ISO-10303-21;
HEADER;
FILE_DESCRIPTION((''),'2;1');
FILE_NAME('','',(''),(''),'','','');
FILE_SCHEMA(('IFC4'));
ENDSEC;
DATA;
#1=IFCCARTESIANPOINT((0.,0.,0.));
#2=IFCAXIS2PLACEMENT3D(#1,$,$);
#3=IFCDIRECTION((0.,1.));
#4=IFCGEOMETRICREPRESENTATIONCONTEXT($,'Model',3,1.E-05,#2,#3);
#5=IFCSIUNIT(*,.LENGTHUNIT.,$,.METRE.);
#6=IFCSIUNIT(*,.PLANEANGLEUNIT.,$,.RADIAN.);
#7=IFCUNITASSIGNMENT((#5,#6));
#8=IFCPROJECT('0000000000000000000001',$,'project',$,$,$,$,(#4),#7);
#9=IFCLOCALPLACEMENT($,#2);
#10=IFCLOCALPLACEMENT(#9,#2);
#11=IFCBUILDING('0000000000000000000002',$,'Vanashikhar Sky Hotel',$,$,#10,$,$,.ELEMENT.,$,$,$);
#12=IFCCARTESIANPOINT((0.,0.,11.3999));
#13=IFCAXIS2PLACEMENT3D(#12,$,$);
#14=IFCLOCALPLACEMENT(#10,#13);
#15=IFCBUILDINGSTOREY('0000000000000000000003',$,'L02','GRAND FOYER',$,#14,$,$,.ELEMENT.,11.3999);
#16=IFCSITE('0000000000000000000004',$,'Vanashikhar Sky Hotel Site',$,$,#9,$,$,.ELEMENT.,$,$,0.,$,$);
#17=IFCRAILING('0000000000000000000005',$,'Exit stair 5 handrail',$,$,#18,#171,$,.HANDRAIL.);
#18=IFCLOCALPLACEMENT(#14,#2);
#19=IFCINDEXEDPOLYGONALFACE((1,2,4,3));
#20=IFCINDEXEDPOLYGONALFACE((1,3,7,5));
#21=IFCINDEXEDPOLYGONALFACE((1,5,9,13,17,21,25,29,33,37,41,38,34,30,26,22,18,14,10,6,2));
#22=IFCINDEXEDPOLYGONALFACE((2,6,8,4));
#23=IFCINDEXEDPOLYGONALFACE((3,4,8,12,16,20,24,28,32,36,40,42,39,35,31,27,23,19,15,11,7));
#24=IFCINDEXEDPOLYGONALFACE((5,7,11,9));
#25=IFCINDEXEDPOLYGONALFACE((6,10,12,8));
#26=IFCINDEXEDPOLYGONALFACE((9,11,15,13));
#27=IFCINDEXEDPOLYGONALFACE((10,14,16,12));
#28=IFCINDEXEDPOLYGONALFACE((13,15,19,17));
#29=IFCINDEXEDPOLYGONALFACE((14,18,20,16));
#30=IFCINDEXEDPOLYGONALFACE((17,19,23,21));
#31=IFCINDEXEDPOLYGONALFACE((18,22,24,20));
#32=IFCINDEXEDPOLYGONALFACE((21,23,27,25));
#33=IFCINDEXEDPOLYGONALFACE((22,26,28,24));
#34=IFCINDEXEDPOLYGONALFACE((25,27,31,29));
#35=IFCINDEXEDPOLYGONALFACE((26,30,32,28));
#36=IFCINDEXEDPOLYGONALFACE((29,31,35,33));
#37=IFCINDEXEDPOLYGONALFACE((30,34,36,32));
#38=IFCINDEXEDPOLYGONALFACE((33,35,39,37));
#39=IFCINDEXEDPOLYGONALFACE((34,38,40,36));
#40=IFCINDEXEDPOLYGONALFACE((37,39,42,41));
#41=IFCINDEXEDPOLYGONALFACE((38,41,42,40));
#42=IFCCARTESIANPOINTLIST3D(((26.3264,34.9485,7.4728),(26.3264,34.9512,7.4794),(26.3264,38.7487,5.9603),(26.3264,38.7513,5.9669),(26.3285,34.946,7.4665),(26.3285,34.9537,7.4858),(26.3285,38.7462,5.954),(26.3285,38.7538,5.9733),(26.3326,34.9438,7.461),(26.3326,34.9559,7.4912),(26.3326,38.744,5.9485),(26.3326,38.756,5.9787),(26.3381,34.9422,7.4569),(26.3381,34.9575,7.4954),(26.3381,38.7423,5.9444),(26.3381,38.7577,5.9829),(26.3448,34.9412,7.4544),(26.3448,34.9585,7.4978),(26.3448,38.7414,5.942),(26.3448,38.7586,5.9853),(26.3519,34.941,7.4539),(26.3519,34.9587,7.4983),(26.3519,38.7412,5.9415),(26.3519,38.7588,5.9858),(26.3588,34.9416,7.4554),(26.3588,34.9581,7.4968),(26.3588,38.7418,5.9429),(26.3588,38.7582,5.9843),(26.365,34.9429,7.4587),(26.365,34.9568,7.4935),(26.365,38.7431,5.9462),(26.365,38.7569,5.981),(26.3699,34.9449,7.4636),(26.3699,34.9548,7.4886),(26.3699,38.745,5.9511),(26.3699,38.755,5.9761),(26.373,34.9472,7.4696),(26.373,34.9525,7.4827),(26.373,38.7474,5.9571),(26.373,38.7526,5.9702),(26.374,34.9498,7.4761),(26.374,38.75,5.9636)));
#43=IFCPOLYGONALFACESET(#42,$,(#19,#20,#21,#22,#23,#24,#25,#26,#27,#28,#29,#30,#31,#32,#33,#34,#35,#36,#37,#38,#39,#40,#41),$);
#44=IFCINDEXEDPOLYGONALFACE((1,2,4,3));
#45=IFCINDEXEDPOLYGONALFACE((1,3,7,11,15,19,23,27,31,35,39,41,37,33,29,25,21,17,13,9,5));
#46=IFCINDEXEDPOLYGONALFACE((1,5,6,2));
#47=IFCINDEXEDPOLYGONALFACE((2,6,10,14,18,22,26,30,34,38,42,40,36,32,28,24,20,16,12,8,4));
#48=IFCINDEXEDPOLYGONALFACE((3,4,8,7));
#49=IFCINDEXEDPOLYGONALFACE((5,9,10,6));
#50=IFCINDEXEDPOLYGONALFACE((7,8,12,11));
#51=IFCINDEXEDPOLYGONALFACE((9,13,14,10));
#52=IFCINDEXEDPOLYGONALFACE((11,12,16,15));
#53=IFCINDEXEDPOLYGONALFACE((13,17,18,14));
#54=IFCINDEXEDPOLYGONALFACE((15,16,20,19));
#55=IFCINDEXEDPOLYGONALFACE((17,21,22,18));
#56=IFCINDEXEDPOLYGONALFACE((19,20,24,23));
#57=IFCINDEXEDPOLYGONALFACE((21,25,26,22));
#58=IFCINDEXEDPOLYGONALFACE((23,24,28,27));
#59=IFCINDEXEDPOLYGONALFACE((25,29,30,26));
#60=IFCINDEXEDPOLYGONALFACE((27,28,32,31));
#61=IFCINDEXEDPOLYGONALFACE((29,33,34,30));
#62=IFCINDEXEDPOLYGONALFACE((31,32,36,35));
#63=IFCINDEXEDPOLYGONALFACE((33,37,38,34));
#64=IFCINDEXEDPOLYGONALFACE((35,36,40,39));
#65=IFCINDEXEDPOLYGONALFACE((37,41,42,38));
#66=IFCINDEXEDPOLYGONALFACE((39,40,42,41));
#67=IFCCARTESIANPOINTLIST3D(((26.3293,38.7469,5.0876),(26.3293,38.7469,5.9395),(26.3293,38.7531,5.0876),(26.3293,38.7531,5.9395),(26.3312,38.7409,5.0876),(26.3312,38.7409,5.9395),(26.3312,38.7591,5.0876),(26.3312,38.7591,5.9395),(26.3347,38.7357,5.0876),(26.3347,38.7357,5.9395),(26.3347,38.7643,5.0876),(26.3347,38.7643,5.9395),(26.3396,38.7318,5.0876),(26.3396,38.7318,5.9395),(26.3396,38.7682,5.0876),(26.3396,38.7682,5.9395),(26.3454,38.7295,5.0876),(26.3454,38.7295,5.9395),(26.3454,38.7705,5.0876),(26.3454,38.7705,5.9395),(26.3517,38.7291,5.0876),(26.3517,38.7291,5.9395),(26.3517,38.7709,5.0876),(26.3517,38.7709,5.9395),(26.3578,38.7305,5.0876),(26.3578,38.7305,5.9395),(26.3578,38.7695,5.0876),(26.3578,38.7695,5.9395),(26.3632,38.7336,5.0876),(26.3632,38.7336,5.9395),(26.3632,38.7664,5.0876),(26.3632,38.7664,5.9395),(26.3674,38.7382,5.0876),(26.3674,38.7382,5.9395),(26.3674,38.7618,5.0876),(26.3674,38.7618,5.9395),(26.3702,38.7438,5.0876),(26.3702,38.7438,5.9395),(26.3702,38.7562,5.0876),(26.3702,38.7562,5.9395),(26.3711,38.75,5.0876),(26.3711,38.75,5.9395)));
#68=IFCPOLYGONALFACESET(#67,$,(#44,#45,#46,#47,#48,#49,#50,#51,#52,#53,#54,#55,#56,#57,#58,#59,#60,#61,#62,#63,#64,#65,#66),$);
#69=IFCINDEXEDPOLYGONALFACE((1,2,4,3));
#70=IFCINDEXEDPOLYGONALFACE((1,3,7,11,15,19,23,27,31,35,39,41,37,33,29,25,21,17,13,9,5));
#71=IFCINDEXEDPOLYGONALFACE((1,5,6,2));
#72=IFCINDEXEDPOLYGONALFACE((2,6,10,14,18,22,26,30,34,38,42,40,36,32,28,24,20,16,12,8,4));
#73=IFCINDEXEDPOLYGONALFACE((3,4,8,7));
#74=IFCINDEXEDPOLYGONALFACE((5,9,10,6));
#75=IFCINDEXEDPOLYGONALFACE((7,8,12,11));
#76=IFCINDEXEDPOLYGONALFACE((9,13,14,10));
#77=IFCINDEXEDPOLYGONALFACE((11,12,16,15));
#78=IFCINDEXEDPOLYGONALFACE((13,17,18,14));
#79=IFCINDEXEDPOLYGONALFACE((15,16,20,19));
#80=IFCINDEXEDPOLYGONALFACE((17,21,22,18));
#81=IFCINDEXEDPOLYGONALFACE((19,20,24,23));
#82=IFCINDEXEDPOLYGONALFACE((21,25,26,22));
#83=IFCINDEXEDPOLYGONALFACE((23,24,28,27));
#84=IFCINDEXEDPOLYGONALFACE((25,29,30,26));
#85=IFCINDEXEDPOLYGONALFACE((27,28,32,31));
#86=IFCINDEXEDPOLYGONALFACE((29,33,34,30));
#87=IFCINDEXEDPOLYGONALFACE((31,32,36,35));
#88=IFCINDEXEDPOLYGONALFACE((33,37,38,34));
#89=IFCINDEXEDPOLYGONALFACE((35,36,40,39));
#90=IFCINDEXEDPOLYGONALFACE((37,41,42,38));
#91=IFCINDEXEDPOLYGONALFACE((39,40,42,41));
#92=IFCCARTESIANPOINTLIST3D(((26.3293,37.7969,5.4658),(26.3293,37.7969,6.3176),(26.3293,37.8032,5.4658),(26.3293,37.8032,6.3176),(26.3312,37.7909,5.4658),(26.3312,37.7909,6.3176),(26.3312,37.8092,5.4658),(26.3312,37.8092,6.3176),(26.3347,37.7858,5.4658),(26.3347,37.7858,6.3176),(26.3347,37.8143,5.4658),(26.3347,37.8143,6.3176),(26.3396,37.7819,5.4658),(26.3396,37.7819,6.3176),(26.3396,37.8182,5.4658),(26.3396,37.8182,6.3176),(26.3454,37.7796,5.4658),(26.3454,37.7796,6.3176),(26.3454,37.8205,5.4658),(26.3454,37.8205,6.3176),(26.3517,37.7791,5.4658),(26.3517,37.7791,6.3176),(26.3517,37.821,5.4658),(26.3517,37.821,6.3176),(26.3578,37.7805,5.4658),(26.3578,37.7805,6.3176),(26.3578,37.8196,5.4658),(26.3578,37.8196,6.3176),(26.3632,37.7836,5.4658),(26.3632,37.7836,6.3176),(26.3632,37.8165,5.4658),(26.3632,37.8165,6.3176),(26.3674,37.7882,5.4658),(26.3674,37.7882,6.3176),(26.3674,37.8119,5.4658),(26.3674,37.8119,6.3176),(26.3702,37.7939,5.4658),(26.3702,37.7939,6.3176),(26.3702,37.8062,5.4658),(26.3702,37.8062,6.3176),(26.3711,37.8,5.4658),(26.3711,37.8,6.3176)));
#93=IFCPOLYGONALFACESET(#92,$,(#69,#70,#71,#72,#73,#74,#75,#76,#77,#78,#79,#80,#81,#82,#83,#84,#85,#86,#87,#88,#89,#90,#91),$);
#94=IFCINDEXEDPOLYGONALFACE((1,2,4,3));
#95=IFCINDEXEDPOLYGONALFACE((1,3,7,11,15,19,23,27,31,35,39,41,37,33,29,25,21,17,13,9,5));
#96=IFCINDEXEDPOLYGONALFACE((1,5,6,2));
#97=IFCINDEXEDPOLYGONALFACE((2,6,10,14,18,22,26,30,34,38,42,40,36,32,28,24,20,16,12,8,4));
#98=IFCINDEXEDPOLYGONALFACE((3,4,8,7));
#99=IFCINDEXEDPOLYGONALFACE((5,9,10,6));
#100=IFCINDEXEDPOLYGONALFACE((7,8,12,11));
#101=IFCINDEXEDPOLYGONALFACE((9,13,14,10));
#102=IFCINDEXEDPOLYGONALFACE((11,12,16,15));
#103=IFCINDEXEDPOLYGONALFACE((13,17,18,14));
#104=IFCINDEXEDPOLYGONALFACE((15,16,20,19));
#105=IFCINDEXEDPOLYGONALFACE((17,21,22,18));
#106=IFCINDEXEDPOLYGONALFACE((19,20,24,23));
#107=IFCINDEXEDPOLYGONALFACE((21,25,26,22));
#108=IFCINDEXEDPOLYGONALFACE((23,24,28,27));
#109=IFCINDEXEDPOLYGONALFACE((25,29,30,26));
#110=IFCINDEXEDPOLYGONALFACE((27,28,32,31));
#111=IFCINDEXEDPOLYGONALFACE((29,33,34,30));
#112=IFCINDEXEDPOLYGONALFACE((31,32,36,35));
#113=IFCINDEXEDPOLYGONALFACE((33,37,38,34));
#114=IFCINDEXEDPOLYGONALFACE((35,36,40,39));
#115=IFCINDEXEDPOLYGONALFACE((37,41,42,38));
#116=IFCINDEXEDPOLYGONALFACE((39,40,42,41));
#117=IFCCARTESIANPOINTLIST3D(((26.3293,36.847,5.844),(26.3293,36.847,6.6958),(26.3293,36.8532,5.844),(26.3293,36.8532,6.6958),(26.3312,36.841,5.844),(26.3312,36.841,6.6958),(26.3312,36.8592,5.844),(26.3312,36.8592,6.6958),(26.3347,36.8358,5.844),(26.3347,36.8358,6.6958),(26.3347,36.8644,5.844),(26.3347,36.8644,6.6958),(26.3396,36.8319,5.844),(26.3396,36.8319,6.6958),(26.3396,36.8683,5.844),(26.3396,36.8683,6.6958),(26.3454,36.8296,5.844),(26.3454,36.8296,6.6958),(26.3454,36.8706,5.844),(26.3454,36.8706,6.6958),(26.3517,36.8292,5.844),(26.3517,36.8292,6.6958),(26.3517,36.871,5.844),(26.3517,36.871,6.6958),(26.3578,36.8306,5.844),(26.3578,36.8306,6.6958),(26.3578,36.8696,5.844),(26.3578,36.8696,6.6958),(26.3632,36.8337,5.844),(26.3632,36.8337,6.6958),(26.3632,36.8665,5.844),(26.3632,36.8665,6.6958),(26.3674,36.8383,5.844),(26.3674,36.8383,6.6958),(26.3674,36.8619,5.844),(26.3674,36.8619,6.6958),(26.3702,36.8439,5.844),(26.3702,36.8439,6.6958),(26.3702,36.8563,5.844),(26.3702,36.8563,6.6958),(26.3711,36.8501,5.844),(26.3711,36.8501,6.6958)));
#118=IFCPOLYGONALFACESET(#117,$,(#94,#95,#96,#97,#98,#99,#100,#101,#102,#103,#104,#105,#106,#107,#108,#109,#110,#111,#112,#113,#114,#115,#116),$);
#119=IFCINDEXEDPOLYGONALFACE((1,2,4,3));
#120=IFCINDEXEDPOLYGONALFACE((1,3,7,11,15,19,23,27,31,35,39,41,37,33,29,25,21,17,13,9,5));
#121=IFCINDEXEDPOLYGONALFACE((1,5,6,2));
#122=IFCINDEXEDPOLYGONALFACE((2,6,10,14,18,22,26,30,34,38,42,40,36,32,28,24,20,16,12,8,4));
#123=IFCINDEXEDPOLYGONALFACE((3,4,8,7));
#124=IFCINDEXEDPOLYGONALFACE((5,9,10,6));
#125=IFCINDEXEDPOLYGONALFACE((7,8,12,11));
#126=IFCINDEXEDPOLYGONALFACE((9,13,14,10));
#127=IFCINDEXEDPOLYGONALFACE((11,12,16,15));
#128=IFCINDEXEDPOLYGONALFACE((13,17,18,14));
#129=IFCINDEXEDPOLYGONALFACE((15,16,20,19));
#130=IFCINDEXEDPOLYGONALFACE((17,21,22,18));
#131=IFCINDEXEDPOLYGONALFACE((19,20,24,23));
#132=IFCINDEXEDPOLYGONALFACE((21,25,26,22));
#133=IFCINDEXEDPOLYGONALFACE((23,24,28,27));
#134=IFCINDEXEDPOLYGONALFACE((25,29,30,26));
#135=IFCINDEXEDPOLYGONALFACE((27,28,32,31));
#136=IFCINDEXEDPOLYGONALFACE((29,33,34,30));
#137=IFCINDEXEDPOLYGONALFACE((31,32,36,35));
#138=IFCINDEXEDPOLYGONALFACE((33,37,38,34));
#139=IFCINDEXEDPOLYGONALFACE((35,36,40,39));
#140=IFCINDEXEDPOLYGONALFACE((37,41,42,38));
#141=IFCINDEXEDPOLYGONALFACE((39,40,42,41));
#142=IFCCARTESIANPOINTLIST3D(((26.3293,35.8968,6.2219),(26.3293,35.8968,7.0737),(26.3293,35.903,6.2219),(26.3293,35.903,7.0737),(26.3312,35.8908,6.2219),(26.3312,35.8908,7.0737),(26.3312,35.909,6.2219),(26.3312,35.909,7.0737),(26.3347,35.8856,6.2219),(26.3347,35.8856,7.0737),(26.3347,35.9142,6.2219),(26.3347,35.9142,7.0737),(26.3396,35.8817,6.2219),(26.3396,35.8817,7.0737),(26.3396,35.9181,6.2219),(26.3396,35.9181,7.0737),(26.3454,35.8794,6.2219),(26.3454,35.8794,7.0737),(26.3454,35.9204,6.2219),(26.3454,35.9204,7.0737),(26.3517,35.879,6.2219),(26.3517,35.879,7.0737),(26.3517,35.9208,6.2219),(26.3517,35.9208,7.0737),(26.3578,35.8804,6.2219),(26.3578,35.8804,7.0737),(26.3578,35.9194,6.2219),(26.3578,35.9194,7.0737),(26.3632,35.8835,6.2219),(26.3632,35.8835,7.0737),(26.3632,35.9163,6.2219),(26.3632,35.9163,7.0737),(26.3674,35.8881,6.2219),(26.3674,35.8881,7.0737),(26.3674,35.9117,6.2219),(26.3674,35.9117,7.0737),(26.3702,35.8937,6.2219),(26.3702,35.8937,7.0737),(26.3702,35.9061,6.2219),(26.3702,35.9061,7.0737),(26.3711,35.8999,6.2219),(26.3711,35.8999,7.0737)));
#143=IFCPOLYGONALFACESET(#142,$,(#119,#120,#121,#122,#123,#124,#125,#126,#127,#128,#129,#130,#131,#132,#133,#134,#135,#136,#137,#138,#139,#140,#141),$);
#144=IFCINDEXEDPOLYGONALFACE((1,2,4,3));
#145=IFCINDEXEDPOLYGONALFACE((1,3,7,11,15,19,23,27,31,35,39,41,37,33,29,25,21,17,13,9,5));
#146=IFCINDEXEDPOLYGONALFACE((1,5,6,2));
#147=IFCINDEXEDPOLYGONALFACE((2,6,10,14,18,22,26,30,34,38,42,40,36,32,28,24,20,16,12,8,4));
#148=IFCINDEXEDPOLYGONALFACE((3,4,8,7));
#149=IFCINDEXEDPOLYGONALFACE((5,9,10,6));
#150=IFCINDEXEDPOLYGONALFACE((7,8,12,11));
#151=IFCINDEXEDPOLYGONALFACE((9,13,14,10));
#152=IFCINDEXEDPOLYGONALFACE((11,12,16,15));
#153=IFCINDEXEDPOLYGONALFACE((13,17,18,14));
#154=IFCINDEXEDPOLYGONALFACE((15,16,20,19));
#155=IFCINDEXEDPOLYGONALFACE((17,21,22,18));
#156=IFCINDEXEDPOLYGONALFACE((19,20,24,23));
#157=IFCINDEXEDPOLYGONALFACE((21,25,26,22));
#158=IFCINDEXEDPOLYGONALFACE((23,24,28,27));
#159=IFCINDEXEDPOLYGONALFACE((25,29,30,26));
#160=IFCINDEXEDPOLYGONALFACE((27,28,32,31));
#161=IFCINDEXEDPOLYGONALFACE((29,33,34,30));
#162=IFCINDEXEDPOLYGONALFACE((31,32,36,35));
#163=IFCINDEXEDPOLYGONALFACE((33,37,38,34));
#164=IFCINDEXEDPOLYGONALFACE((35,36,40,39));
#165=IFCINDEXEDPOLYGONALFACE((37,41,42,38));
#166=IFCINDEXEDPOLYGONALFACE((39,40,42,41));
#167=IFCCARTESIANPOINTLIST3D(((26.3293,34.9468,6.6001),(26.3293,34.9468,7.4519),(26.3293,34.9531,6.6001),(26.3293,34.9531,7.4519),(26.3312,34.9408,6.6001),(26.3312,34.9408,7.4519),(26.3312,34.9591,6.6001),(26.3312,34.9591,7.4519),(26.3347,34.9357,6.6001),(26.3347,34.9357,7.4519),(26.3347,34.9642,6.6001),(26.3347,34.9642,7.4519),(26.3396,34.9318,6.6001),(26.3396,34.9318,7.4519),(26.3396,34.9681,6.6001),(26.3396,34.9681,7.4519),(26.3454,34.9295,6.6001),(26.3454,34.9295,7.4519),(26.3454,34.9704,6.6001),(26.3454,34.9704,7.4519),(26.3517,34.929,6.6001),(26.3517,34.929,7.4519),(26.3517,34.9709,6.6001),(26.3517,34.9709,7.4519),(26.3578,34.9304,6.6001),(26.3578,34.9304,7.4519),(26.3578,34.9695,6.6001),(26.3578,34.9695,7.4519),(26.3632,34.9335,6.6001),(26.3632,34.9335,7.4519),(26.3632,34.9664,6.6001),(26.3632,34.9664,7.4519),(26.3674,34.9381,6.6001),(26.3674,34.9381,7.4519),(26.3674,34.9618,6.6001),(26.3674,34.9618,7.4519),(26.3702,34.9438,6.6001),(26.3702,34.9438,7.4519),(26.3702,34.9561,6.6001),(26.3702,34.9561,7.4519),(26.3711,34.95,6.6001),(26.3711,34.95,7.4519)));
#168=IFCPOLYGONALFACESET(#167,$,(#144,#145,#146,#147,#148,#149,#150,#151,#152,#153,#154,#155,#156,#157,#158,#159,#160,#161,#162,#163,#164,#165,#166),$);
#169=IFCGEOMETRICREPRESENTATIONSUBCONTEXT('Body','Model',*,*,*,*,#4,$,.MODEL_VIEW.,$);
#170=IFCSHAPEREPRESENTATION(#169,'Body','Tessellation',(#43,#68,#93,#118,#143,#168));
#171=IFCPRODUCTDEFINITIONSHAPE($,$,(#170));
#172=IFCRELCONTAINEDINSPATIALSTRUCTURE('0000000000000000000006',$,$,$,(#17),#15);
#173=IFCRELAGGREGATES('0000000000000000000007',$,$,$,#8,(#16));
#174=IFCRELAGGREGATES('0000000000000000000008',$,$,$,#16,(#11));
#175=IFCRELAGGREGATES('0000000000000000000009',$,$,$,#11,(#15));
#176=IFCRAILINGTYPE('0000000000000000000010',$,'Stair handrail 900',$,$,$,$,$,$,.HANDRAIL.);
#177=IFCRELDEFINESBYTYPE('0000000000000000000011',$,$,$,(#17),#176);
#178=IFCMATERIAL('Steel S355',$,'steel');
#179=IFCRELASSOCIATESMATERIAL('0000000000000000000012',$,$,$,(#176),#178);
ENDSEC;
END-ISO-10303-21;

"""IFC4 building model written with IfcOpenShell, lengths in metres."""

from ifc_helpers import new_model, si_unit, direction, frame, origin, origin_2d, place, context, subcontext, project, spatial, circle, extrude, source, transform, mapped, material, type_object, element, save


model = new_model("IFC4")

# Units and contexts
model_context = context("Model", 3, precision=1e-05, world=origin(), true_north=direction((0.0, 1.0)))
body_context = subcontext(model_context, "Body", "Model", "MODEL_VIEW")
ifc_project = project(units=[si_unit("LENGTHUNIT", "METRE"), si_unit("PLANEANGLEUNIT", "RADIAN")], contexts=[model_context])

# Site, building, storey
site_placement = place(None, origin())
site = spatial("IfcSite", under=ifc_project, at=site_placement, Name="Vanashikhar Sky Hotel Site", CompositionType="ELEMENT", RefElevation=0.0)
building_placement = place(site_placement, origin())
building = spatial("IfcBuilding", under=site, at=building_placement, Name="Vanashikhar Sky Hotel", CompositionType="ELEMENT")
storey_placement = place(building_placement, frame((0.0, 0.0, 11.3999)))
storey = spatial("IfcBuildingStorey", under=building, at=storey_placement, Name="L02", Description="GRAND FOYER", CompositionType="ELEMENT", Elevation=11.3999)

# Railing
ifc_material_1 = material(Name="Steel S355", Category="steel")
railing_type = type_object("IfcRailingType", Name="Stair handrail 900", PredefinedType="HANDRAIL", material=ifc_material_1)
shared_shape_1 = source(origin(), body_context, "Body", "SweptSolid", [
    extrude(circle(Radius=0.0239, at=origin_2d()), frame((0.0, 0.0, 0.876), z_axis=(0.0, -0.929113, 0.369795), x_axis=(1.0, 0.0, 0.0)), (0.0, 0.0, 1.0), 4.0901),
    extrude(circle(Radius=0.021, at=origin_2d()), origin(), (0.0, 0.0, 1.0), 0.8518),
    extrude(circle(Radius=0.021, at=origin_2d()), frame((0.0, -0.95, 0.3782)), (0.0, 0.0, 1.0), 0.8518),
    extrude(circle(Radius=0.021, at=origin_2d()), frame((0.0, -1.8999, 0.7563)), (0.0, 0.0, 1.0), 0.8518),
    extrude(circle(Radius=0.021, at=origin_2d()), frame((0.0, -2.8501, 1.1343)), (0.0, 0.0, 1.0), 0.8518),
    extrude(circle(Radius=0.021, at=origin_2d()), frame((0.0, -3.8, 1.5125)), (0.0, 0.0, 1.0), 0.8518),
])
for number, where, name in (
    (1, (26.3501, 38.75, 5.0876), "Exit stair 5 handrail"),
):
    element("IfcRailing", number, at=place(storey_placement, frame(where)), inside=storey, type_object=railing_type, Name=name, PredefinedType="HANDRAIL", context=body_context, shape_type="MappedRepresentation", body=[
        mapped(shared_shape_1, transform((0.0, 0.0, 0.0), scale=1.0)),
    ])

save(model, "model.ifc")
